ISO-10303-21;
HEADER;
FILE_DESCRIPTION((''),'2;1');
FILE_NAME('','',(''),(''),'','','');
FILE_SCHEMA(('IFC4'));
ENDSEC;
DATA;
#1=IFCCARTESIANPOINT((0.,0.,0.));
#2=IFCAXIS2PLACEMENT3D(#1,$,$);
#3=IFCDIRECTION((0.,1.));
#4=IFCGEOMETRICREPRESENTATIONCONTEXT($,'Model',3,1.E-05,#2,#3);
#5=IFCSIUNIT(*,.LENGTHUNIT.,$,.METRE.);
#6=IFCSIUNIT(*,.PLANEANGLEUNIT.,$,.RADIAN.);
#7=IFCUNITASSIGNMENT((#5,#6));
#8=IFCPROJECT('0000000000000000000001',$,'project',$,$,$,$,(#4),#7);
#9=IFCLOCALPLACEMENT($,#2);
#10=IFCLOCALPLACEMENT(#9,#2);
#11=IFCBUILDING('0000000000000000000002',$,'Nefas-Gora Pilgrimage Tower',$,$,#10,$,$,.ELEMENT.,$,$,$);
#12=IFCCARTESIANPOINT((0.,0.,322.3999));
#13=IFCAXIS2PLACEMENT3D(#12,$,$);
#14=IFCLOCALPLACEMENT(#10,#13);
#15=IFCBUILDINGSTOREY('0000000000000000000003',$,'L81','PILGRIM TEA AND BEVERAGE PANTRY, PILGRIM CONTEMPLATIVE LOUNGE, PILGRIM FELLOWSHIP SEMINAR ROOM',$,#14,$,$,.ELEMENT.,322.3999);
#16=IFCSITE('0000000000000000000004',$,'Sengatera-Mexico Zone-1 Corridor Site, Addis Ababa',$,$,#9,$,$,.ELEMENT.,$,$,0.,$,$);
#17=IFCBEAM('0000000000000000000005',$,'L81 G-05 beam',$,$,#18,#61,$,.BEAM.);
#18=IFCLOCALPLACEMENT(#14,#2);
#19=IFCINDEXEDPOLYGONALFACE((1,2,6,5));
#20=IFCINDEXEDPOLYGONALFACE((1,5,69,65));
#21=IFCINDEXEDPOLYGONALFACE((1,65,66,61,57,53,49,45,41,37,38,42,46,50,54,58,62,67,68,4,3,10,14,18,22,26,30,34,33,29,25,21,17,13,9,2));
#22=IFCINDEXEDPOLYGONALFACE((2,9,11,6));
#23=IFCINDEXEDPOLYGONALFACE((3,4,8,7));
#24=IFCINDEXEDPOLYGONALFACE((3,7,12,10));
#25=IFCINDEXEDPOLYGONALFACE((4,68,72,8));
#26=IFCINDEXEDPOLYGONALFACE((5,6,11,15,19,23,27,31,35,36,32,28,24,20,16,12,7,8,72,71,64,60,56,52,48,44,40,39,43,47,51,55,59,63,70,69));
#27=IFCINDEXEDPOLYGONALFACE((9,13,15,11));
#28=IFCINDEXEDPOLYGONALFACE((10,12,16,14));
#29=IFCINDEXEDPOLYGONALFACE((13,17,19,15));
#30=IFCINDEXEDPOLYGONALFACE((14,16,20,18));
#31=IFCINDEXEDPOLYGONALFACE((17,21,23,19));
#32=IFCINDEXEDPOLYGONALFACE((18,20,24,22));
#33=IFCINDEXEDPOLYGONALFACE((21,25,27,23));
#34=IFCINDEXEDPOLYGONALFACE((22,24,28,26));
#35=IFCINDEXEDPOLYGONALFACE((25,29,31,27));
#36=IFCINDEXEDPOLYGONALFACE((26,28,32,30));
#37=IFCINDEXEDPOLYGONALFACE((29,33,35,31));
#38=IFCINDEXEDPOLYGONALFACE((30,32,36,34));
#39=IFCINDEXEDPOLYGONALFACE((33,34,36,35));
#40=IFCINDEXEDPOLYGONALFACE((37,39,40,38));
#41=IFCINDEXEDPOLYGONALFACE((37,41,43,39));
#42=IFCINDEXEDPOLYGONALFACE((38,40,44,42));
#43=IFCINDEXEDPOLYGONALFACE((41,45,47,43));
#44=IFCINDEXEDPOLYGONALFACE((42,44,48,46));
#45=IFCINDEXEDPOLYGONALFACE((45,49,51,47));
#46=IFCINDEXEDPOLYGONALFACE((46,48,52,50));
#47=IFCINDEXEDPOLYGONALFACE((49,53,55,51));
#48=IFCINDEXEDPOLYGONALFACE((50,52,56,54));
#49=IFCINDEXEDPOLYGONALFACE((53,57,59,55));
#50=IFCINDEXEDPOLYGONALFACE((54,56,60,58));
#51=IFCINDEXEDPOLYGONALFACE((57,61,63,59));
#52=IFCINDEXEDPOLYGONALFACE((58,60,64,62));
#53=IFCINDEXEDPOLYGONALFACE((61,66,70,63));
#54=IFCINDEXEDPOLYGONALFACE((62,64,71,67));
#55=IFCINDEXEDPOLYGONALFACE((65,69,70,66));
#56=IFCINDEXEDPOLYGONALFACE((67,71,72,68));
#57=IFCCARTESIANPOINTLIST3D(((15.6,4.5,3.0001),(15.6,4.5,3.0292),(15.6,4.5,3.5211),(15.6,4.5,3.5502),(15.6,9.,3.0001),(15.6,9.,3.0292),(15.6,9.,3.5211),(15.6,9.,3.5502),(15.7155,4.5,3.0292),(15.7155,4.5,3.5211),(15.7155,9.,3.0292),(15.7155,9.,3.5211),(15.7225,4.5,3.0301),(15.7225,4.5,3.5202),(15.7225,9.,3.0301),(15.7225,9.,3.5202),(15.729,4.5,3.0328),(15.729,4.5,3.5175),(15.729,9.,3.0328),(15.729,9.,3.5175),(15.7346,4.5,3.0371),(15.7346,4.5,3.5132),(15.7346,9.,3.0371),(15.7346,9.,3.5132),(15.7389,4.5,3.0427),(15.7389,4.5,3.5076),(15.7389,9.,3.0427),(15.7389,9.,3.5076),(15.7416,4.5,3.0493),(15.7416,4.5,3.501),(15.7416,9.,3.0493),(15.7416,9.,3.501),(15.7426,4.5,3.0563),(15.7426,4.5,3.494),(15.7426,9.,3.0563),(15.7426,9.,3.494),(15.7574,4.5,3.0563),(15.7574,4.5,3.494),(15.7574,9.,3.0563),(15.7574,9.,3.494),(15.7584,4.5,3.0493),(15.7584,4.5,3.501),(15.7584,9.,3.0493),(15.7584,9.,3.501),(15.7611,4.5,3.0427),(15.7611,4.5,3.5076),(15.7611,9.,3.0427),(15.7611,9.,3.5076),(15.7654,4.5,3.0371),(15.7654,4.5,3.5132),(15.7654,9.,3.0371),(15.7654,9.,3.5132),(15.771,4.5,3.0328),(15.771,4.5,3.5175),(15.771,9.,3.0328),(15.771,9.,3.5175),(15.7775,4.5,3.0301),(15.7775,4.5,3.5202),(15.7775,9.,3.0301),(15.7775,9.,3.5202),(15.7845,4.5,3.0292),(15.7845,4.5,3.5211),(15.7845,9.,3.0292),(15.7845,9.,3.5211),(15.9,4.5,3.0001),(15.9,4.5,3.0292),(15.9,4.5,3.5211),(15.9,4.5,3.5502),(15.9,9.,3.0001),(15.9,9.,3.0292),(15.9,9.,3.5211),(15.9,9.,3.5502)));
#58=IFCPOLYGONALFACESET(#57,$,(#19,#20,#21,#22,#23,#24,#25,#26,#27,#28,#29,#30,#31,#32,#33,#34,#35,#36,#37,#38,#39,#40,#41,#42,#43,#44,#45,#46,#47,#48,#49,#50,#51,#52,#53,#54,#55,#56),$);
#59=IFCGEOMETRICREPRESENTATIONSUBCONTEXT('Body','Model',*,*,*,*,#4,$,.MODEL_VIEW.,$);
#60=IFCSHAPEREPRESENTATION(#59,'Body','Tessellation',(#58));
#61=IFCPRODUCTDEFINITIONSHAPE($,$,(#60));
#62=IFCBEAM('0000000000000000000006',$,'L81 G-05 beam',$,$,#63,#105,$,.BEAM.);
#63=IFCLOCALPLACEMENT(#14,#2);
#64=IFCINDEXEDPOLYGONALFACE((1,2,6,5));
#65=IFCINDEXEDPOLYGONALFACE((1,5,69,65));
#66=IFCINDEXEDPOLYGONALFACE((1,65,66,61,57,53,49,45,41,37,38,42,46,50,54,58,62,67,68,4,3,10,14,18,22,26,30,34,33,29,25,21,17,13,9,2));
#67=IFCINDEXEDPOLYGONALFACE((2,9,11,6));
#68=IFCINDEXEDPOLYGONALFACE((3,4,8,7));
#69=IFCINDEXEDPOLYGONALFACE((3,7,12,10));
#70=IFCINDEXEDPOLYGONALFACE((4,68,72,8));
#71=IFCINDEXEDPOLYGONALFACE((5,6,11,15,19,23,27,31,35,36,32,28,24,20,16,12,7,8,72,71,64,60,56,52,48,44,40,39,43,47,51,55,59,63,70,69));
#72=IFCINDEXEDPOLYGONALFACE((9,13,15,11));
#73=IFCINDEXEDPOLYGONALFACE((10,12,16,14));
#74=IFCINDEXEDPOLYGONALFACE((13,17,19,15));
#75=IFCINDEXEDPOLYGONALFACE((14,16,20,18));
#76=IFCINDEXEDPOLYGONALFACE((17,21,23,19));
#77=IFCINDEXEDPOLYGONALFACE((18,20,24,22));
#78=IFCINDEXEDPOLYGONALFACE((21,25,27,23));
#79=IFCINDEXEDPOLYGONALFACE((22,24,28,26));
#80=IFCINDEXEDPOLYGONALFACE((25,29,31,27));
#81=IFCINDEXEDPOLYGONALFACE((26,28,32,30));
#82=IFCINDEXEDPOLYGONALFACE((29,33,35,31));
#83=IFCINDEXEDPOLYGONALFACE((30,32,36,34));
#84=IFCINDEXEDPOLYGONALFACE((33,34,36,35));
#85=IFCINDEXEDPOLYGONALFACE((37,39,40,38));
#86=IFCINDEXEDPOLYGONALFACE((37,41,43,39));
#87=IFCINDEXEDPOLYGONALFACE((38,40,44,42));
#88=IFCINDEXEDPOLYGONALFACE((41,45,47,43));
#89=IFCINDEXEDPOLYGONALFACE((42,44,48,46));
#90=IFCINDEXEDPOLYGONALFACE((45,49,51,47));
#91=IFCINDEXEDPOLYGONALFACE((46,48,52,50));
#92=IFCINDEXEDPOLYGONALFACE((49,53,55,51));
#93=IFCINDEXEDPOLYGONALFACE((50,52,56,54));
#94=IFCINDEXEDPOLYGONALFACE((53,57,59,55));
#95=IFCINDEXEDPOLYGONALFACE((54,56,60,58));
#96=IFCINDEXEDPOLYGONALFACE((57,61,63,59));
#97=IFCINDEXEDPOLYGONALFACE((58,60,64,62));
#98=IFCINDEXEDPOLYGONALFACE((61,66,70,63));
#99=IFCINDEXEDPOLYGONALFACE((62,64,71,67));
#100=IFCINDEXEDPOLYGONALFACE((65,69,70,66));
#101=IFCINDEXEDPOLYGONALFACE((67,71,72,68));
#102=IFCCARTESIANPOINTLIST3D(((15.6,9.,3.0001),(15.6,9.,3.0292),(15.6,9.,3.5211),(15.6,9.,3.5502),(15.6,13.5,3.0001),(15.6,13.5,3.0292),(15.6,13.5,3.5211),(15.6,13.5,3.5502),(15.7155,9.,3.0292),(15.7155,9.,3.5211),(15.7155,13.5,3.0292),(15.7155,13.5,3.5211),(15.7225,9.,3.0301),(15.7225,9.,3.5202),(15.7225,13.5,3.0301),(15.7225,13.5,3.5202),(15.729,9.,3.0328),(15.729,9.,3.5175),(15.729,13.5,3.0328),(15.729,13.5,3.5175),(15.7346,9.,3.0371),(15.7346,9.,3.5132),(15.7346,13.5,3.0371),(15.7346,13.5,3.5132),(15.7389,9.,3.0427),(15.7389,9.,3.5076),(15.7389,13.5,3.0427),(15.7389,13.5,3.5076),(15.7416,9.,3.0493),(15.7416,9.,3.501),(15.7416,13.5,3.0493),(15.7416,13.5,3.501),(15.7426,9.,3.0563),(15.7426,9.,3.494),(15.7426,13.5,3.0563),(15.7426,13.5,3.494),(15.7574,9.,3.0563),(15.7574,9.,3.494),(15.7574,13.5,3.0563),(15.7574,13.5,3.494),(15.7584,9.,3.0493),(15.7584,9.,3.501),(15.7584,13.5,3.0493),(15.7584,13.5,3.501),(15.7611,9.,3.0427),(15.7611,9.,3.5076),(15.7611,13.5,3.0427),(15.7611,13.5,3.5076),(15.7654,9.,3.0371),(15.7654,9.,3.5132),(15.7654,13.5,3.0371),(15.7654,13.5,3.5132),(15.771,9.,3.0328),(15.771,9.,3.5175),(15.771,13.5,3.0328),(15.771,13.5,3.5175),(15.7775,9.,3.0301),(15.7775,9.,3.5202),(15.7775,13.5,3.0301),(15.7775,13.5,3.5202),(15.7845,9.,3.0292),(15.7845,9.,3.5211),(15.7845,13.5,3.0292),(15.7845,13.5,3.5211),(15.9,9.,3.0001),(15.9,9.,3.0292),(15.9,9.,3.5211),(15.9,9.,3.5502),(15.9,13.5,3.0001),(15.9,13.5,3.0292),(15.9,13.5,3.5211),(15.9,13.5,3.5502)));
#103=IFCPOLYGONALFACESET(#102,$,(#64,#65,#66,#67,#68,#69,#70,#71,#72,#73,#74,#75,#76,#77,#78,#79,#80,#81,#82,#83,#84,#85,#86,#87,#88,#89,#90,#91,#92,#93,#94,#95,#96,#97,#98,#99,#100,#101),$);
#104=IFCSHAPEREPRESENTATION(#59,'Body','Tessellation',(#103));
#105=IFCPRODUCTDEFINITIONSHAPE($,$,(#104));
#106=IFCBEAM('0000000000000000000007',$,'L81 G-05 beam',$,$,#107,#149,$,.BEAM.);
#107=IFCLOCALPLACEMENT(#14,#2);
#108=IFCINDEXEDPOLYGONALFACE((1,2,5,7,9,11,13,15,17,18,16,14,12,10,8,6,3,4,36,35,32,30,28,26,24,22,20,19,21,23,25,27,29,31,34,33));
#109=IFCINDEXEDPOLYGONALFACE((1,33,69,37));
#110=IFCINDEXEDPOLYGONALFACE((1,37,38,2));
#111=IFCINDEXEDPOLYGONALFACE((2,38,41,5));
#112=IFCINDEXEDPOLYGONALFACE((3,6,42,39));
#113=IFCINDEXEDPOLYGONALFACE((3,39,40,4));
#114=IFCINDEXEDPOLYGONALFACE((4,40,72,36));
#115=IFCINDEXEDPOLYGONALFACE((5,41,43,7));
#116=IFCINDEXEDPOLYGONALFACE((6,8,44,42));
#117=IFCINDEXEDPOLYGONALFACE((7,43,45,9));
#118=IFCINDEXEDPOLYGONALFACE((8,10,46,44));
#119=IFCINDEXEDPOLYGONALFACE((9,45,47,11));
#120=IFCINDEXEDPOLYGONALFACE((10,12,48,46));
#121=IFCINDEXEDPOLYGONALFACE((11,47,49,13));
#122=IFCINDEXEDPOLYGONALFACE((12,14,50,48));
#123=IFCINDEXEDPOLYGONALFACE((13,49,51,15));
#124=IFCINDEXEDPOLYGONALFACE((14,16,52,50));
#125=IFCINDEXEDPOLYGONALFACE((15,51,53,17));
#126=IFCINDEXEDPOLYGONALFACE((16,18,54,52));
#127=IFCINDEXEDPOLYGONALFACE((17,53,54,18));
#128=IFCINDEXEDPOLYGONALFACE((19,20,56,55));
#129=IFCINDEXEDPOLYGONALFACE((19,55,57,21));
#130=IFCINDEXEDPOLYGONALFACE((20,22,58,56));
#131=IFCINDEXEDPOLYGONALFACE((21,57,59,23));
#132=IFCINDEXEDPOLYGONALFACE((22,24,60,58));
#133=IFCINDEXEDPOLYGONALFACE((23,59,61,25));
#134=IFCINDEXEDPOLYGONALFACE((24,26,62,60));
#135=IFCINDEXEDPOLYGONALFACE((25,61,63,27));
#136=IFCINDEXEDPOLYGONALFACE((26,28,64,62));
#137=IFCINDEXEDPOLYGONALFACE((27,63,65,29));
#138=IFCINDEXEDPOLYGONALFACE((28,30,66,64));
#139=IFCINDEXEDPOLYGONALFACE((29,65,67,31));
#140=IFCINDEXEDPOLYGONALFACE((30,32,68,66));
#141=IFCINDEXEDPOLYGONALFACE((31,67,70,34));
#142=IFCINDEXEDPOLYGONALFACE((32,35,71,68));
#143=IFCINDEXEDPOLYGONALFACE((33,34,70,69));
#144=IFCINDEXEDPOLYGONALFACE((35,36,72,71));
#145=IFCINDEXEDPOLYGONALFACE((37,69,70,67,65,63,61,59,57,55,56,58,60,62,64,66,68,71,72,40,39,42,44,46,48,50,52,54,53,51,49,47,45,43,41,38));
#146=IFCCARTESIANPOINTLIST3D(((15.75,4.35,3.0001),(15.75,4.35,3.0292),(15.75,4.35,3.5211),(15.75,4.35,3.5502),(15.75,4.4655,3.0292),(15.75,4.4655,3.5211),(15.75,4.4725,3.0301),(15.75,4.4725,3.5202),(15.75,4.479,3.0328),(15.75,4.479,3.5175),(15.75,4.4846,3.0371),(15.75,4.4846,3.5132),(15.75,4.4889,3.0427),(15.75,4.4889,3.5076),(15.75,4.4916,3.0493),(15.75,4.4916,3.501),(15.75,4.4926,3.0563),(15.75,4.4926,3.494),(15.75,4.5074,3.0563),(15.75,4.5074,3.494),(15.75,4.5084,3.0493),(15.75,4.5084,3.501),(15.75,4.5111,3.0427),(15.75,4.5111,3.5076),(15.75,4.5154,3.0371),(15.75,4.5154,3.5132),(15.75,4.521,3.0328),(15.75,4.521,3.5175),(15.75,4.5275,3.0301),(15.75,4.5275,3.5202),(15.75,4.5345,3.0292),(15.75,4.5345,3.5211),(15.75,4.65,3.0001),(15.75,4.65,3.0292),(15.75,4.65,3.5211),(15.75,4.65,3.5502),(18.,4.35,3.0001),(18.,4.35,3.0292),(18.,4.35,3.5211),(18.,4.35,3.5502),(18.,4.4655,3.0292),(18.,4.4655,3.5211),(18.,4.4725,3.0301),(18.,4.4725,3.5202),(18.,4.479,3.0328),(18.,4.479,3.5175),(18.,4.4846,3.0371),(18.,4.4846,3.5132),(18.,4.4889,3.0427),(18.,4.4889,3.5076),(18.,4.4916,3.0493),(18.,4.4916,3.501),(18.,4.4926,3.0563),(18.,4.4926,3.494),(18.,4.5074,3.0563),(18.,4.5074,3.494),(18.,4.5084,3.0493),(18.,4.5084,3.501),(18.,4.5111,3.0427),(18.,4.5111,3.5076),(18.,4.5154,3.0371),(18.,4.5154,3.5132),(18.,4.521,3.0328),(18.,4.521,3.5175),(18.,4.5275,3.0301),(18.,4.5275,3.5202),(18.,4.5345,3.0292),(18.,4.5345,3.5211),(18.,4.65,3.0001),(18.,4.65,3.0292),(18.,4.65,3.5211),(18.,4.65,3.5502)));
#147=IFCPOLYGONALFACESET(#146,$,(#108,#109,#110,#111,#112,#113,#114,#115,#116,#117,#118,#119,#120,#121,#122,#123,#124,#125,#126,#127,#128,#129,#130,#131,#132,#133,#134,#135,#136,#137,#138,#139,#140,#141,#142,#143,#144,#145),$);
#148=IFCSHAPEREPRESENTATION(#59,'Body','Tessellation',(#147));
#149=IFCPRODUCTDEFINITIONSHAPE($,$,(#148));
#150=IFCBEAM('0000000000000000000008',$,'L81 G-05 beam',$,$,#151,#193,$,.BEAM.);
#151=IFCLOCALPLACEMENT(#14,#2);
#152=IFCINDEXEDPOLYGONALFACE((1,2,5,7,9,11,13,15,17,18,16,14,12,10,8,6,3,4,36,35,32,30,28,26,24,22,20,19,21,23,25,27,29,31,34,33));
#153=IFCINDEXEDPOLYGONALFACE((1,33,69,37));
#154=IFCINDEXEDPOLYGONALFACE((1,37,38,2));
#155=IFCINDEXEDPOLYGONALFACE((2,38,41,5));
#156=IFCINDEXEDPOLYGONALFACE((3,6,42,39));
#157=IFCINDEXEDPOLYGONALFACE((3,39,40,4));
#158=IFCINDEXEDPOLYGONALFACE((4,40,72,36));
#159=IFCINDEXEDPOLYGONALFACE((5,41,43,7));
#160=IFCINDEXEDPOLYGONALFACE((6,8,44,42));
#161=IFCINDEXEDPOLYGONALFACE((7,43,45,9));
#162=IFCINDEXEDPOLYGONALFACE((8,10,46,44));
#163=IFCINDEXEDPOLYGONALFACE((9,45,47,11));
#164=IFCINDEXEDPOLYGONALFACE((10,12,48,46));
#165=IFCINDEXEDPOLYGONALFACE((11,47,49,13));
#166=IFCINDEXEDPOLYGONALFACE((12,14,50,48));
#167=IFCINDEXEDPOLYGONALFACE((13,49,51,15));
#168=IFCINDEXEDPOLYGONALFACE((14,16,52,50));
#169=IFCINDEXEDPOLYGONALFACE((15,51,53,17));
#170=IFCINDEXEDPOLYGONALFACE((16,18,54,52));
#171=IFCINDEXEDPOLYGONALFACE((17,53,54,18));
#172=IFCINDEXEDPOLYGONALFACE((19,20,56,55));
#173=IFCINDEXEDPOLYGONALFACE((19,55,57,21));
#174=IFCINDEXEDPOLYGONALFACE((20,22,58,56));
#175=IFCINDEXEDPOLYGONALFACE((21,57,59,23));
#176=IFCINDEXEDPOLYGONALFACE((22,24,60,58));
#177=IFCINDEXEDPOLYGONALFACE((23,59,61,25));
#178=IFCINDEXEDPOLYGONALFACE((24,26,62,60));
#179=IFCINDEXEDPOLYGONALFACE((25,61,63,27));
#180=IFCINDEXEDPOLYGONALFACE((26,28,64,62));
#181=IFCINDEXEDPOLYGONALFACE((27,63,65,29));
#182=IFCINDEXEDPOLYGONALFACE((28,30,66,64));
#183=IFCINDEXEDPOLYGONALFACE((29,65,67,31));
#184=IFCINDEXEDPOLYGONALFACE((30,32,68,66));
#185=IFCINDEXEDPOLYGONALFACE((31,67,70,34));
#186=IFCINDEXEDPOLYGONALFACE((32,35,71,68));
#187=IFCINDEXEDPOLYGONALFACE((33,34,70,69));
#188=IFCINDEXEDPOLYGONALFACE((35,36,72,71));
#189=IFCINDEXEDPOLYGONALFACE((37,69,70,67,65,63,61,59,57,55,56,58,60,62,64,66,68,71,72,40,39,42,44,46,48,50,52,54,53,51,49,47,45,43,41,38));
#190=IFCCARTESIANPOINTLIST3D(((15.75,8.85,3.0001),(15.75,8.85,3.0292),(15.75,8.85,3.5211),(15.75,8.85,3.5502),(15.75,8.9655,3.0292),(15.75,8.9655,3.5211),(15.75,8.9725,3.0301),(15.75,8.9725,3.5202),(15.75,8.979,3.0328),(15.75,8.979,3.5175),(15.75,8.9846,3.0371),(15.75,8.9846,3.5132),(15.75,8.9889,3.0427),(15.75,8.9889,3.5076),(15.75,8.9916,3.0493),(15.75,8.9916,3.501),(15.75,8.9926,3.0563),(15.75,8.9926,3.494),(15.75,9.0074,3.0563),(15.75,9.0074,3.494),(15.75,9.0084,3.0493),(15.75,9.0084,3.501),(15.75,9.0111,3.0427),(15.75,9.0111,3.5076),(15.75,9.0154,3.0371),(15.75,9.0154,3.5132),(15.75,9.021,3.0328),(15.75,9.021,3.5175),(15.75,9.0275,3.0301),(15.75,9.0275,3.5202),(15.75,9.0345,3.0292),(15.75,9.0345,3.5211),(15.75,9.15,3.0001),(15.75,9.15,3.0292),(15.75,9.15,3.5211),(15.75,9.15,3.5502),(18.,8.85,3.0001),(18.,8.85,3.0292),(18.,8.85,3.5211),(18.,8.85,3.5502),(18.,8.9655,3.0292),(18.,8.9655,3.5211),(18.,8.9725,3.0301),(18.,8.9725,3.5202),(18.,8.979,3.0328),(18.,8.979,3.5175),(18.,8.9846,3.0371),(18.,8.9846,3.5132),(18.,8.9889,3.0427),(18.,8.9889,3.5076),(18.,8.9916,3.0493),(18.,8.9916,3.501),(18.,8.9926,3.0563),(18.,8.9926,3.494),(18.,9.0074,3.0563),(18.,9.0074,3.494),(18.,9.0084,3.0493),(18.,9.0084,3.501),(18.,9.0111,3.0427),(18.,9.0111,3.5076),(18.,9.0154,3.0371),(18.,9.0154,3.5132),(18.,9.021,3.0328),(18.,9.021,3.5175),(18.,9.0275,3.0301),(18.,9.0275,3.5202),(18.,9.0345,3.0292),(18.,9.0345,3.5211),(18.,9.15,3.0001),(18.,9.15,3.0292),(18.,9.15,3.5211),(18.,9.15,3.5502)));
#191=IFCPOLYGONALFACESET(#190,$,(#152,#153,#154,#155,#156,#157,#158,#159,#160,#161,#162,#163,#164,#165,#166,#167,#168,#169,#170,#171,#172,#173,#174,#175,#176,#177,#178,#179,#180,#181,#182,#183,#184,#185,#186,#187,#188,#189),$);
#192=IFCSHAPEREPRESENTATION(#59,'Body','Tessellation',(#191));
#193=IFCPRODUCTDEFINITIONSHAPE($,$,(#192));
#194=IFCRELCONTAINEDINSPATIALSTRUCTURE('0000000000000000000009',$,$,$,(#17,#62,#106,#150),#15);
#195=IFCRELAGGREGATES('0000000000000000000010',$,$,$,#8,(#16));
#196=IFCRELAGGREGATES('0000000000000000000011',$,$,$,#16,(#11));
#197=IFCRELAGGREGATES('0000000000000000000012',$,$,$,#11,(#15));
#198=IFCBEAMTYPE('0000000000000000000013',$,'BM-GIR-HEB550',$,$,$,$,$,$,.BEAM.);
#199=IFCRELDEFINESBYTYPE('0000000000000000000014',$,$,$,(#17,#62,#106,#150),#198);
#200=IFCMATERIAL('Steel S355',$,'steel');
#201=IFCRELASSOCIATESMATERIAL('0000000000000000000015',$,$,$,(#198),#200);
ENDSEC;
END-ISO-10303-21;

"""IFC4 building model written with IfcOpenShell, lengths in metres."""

from ifc_helpers import new_model, si_unit, direction, frame, origin, origin_2d, place, context, subcontext, project, spatial, i_section, extrude, source, transform, mapped, material, material_profile, profile_set, type_object, element, save


model = new_model("IFC4")

# Units and contexts
model_context = context("Model", 3, precision=1e-05, world=origin(), true_north=direction((0.0, 1.0)))
body_context = subcontext(model_context, "Body", "Model", "MODEL_VIEW")
ifc_project = project(units=[si_unit("LENGTHUNIT", "METRE"), si_unit("PLANEANGLEUNIT", "RADIAN")], contexts=[model_context])

# Site, building, storey
site_placement = place(None, origin())
site = spatial("IfcSite", under=ifc_project, at=site_placement, Name="Sengatera-Mexico Zone-1 Corridor Site, Addis Ababa", CompositionType="ELEMENT", RefElevation=0.0)
building_placement = place(site_placement, origin())
building = spatial("IfcBuilding", under=site, at=building_placement, Name="Nefas-Gora Pilgrimage Tower", CompositionType="ELEMENT")
storey_placement = place(building_placement, frame((0.0, 0.0, 322.3999)))
storey = spatial("IfcBuildingStorey", under=building, at=storey_placement, Name="L81", Description="PILGRIM TEA AND BEVERAGE PANTRY, PILGRIM CONTEMPLATIVE LOUNGE, PILGRIM FELLOWSHIP SEMINAR ROOM", CompositionType="ELEMENT", Elevation=322.3999)

# Shared definitions
ifc_material_1 = material(Name="Steel S355", Category="steel")

# Beams
ifc_material_profile_1 = material_profile(ifc_material_1, i_section(OverallWidth=0.3, OverallDepth=0.55, WebThickness=0.0149, FlangeThickness=0.0291, FilletRadius=0.0271, at=origin_2d()), Name="HEB 550")
ifc_profile_set_1 = profile_set([ifc_material_profile_1], Name="Steel S355")
beam_type_1 = type_object("IfcBeamType", Name="BM-GIR-HEB550", PredefinedType="BEAM", material=ifc_profile_set_1)
shared_shape_1 = source(origin(), body_context, "Body", "SweptSolid", [
    extrude(i_section(OverallWidth=0.3, OverallDepth=0.55, WebThickness=0.0149, FlangeThickness=0.0291, FilletRadius=0.0271, at=origin_2d()), origin(), (0.0, 0.0, 1.0), 4.5),
])
for number, where, z_axis, x_axis, name in (
    (1, (15.75, 4.5, 3.2751), (0.0, 1.0, 0.0), (-1.0, 0.0, 0.0), "L81 G-05 beam"),
    (2, (15.75, 9.0, 3.2751), (0.0, 1.0, 0.0), (-1.0, 0.0, 0.0), "L81 G-05 beam"),
):
    element("IfcBeam", number, at=place(storey_placement, frame(where, z_axis=z_axis, x_axis=x_axis)), inside=storey, type_object=beam_type_1, Name=name, PredefinedType="BEAM", context=body_context, shape_type="MappedRepresentation", body=[
        mapped(shared_shape_1, transform((0.0, 0.0, 0.0), x_axis=(1.0, 0.0, 0.0), y_axis=(0.0, 1.0, 0.0), z_axis=(0.0, 0.0, 1.0), scale=1.0)),
    ])
shared_shape_2 = source(origin(), body_context, "Body", "SweptSolid", [
    extrude(i_section(OverallWidth=0.3, OverallDepth=0.55, WebThickness=0.0149, FlangeThickness=0.0291, FilletRadius=0.0271, at=origin_2d()), origin(), (0.0, 0.0, 1.0), 2.25),
])
for number, where, z_axis, x_axis, name in (
    (3, (15.75, 4.5, 3.2751), (1.0, 0.0, 0.0), (0.0, 1.0, 0.0), "L81 G-05 beam"),
    (4, (15.75, 9.0, 3.2751), (1.0, 0.0, 0.0), (0.0, 1.0, 0.0), "L81 G-05 beam"),
):
    element("IfcBeam", number, at=place(storey_placement, frame(where, z_axis=z_axis, x_axis=x_axis)), inside=storey, type_object=beam_type_1, Name=name, PredefinedType="BEAM", context=body_context, shape_type="MappedRepresentation", body=[
        mapped(shared_shape_2, transform((0.0, 0.0, 0.0), x_axis=(1.0, 0.0, 0.0), y_axis=(0.0, 1.0, 0.0), z_axis=(0.0, 0.0, 1.0), scale=1.0)),
    ])

save(model, "model.ifc")
